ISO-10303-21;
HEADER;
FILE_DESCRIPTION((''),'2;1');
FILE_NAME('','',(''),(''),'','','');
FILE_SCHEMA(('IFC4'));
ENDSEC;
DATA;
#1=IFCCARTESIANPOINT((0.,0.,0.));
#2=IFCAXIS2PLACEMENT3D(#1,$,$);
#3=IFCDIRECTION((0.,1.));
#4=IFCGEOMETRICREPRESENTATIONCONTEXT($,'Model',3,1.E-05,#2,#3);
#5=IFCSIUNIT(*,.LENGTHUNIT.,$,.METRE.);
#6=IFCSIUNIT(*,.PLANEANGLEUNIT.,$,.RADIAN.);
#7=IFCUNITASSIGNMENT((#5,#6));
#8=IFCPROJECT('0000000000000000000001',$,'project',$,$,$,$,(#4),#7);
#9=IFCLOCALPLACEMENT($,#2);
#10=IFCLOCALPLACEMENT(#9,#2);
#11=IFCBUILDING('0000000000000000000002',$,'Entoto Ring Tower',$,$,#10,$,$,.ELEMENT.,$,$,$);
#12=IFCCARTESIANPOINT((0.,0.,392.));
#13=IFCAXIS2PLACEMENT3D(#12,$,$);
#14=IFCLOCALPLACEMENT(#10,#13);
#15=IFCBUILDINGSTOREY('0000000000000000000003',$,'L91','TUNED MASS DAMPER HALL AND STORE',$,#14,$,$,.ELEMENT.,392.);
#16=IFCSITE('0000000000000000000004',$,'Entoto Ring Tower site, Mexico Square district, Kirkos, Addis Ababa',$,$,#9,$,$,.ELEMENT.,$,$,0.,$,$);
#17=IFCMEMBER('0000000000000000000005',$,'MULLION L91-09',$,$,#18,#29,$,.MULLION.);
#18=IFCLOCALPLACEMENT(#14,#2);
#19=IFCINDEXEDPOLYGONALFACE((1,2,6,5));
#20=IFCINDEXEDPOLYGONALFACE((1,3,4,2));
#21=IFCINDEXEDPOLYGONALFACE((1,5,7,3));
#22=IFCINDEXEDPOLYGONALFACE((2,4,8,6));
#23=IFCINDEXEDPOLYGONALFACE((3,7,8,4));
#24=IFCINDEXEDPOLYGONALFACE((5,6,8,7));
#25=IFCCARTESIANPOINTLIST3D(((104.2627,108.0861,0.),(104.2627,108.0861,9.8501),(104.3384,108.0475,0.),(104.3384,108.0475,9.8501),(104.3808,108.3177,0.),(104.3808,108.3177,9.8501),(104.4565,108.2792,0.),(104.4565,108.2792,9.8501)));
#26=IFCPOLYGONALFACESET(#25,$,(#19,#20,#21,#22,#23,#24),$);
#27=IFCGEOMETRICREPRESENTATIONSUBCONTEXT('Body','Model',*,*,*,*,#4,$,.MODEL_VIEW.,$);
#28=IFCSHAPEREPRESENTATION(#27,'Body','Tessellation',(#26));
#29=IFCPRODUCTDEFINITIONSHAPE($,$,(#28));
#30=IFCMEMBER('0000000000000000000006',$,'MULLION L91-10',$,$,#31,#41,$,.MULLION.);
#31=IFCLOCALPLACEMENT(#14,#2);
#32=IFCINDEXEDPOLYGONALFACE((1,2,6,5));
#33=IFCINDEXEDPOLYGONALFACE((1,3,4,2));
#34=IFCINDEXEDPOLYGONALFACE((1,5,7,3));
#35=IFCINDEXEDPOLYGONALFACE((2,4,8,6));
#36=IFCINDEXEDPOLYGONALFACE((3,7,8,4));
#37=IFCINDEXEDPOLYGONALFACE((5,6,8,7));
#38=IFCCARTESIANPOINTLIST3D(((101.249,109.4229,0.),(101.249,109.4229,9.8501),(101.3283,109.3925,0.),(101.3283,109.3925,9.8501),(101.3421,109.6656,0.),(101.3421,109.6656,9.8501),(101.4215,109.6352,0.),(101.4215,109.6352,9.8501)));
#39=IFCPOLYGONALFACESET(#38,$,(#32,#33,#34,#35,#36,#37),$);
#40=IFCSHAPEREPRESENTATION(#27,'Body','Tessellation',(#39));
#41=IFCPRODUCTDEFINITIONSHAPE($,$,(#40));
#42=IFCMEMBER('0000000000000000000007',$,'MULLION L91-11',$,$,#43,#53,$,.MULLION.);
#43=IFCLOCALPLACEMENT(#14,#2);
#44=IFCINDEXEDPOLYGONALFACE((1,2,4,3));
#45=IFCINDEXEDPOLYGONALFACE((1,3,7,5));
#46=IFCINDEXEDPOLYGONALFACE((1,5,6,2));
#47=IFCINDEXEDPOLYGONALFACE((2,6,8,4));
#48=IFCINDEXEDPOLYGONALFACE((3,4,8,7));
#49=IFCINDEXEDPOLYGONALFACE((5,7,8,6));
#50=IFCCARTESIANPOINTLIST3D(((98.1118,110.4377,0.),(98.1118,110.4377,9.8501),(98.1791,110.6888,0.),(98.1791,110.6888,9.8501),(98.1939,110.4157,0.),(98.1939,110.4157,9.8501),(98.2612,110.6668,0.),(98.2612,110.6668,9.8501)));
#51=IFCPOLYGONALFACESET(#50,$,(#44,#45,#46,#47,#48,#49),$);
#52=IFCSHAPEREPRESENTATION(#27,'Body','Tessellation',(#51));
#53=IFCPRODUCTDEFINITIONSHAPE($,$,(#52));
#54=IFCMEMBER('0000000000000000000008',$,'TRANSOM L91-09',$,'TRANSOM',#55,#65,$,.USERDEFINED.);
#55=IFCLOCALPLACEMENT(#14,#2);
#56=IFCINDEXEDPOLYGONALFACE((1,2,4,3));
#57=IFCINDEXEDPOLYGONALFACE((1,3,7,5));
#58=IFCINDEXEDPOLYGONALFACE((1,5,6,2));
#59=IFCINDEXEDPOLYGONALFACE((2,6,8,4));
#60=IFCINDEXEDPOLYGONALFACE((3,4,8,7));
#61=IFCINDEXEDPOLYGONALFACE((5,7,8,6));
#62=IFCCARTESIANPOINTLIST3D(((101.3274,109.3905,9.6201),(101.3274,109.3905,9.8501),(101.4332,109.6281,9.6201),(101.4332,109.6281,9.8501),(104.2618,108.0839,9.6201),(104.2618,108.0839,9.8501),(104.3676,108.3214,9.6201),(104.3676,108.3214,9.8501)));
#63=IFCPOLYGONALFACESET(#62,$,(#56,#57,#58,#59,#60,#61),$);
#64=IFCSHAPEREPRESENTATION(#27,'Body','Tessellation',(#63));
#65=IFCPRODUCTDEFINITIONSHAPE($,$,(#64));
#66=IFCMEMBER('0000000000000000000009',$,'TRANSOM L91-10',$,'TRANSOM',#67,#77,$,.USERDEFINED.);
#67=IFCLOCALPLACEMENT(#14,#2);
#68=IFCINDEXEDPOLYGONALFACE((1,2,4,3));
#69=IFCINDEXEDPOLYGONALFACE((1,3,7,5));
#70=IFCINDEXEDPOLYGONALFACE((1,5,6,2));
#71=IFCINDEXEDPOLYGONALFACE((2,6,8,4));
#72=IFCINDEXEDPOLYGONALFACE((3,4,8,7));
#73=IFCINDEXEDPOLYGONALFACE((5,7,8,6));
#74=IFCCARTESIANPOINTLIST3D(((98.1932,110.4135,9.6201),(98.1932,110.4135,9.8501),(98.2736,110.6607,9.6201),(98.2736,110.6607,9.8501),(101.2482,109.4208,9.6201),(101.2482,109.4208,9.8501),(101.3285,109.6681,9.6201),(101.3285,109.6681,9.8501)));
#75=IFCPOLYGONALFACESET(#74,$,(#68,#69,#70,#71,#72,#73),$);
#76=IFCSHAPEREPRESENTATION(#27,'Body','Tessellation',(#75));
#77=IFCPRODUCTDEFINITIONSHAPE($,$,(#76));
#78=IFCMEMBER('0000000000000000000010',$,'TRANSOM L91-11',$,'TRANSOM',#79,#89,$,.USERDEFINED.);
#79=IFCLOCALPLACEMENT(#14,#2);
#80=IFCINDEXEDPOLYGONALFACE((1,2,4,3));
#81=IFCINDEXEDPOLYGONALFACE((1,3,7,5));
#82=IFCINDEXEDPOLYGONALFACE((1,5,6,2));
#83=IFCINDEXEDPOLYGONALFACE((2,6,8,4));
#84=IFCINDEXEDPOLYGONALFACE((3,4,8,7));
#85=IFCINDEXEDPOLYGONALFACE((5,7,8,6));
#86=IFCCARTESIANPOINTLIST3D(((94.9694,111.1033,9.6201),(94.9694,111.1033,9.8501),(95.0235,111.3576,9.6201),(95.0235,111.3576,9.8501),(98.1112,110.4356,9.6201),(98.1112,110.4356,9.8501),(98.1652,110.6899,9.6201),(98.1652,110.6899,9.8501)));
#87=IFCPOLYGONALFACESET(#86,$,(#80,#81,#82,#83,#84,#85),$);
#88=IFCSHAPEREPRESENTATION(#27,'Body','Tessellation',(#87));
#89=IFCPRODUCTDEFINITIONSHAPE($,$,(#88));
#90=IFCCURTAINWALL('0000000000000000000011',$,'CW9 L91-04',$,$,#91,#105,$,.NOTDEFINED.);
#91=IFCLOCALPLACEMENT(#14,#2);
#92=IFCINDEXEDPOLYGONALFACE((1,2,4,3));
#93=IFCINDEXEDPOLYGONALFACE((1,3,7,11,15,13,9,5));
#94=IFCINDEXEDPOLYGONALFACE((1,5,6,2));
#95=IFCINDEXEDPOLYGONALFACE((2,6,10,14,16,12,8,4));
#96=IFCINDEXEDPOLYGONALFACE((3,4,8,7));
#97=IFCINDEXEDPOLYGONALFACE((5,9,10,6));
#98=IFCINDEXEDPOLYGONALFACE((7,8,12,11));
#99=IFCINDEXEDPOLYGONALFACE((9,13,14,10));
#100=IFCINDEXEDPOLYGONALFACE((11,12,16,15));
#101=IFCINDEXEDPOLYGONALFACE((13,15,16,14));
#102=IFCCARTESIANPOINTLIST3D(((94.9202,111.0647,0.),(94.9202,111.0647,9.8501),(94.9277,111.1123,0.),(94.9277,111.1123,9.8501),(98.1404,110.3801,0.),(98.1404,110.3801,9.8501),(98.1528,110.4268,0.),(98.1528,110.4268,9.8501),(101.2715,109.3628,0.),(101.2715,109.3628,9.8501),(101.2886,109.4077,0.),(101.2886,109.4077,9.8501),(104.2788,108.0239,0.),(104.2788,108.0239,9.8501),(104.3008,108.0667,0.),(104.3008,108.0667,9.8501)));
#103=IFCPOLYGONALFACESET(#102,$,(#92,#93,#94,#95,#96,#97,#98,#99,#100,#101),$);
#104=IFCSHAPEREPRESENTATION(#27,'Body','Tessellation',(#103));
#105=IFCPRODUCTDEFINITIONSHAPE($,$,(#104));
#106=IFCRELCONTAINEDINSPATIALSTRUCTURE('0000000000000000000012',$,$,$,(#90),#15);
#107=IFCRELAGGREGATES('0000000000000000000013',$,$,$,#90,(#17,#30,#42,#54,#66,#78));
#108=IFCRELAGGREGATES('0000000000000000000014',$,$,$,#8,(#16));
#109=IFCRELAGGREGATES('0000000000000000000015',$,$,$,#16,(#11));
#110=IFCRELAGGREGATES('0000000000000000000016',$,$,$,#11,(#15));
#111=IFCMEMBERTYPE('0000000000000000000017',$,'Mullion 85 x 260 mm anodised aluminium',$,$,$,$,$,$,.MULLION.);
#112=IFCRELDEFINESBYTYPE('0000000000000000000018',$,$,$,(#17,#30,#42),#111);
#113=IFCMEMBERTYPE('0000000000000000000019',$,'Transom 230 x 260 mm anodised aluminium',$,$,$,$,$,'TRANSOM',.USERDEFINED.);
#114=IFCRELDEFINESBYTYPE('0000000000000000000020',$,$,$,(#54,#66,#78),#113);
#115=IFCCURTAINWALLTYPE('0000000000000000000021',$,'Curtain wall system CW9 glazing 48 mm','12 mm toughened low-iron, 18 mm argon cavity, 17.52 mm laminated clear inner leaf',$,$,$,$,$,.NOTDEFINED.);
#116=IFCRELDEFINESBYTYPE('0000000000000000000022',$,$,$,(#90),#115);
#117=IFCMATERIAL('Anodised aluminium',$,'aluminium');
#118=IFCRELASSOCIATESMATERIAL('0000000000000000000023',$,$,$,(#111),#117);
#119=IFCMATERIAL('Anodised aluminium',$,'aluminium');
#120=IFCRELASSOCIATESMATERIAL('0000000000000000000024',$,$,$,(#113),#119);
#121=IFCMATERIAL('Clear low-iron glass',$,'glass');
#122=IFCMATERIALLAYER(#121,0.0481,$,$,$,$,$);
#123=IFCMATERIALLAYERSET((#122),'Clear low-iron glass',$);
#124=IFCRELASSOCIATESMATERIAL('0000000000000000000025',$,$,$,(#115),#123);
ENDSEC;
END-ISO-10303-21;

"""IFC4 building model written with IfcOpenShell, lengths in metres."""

from ifc_helpers import new_model, si_unit, direction, frame, origin, origin_2d, place, context, subcontext, project, spatial, polyline, rectangle, outline, extrude, material, layer, layer_set, material_profile, profile_set, type_object, element, aggregate, save


model = new_model("IFC4")

# Units and contexts
model_context = context("Model", 3, precision=1e-05, world=origin(), true_north=direction((0.0, 1.0)))
body_context = subcontext(model_context, "Body", "Model", "MODEL_VIEW")
ifc_project = project(units=[si_unit("LENGTHUNIT", "METRE"), si_unit("PLANEANGLEUNIT", "RADIAN")], contexts=[model_context])

# Members
ifc_material_1 = material(Name="Anodised aluminium", Category="aluminium")
ifc_material_profile_1 = material_profile(ifc_material_1, rectangle(XDim=0.085, YDim=0.26, at=origin_2d()), Name="Mullion 85 x 260 mm anodised aluminium")
ifc_profile_set_1 = profile_set([ifc_material_profile_1], Name="Anodised aluminium")
member_type_1 = type_object("IfcMemberType", Name="Mullion 85 x 260 mm anodised aluminium", PredefinedType="MULLION", material=ifc_profile_set_1)
site_placement = place(None, origin())
building_placement = place(site_placement, origin())
storey_placement = place(building_placement, frame((0.0, 0.0, 392.0)))
member_1_placement = place(storey_placement, frame((104.3596, 108.1826, 0.0), z_axis=(0.0, 0.0, 1.0), x_axis=(-0.891007, 0.45399, 0.0)))
member_1 = element("IfcMember", 1, at=member_1_placement, type_object=member_type_1, Name="MULLION L91-09", PredefinedType="MULLION", context=body_context, shape_type="SweptSolid", body=[
    extrude(rectangle(XDim=0.085, YDim=0.26, at=origin_2d()), origin(), (0.0, 0.0, 1.0), 9.8501),
])
member_2_placement = place(storey_placement, frame((101.3352, 109.5291, 0.0), z_axis=(0.0, 0.0, 1.0), x_axis=(-0.93358, 0.358368, 0.0)))
member_2 = element("IfcMember", 2, at=member_2_placement, type_object=member_type_1, Name="MULLION L91-10", PredefinedType="MULLION", context=body_context, shape_type="SweptSolid", body=[
    extrude(rectangle(XDim=0.085, YDim=0.26, at=origin_2d()), origin(), (0.0, 0.0, 1.0), 9.8501),
])
member_3_placement = place(storey_placement, frame((98.1865, 110.5522, 0.0), z_axis=(0.0, 0.0, 1.0), x_axis=(-0.965926, 0.258819, 0.0)))
member_3 = element("IfcMember", 3, at=member_3_placement, type_object=member_type_1, Name="MULLION L91-11", PredefinedType="MULLION", context=body_context, shape_type="SweptSolid", body=[
    extrude(rectangle(XDim=0.085, YDim=0.26, at=origin_2d()), origin(), (0.0, 0.0, 1.0), 9.8501),
])
ifc_material_2 = material(Name="Anodised aluminium", Category="aluminium")
ifc_material_profile_2 = material_profile(ifc_material_2, rectangle(XDim=0.26, YDim=0.23, at=origin_2d()), Name="Transom 230 x 260 mm anodised aluminium")
ifc_profile_set_2 = profile_set([ifc_material_profile_2], Name="Anodised aluminium")
member_type_2 = type_object("IfcMemberType", Name="Transom 230 x 260 mm anodised aluminium", ElementType="TRANSOM", PredefinedType="USERDEFINED", material=ifc_profile_set_2)
member_4_placement = place(storey_placement, frame((104.3147, 108.2026, 9.7351), z_axis=(-0.913523, 0.406787, 0.0), x_axis=(-0.406787, -0.913523, 0.0)))
member_4 = element("IfcMember", 4, at=member_4_placement, type_object=member_type_2, Name="TRANSOM L91-09", ObjectType="TRANSOM", PredefinedType="USERDEFINED", context=body_context, shape_type="SweptSolid", body=[
    extrude(rectangle(XDim=0.26, YDim=0.23, at=origin_2d()), origin(), (0.0, 0.0, 1.0), 3.2122),
])
member_5_placement = place(storey_placement, frame((101.2883, 109.5444, 9.7351), z_axis=(-0.95105, 0.309036, 0.0), x_axis=(-0.309036, -0.95105, 0.0)))
member_5 = element("IfcMember", 5, at=member_5_placement, type_object=member_type_2, Name="TRANSOM L91-10", ObjectType="TRANSOM", PredefinedType="USERDEFINED", context=body_context, shape_type="SweptSolid", body=[
    extrude(rectangle(XDim=0.26, YDim=0.23, at=origin_2d()), origin(), (0.0, 0.0, 1.0), 3.2122),
])
member_6_placement = place(storey_placement, frame((98.1382, 110.5627, 9.7351), z_axis=(-0.978154, 0.207883, 0.0), x_axis=(-0.207883, -0.978154, 0.0)))
member_6 = element("IfcMember", 6, at=member_6_placement, type_object=member_type_2, Name="TRANSOM L91-11", ObjectType="TRANSOM", PredefinedType="USERDEFINED", context=body_context, shape_type="SweptSolid", body=[
    extrude(rectangle(XDim=0.26, YDim=0.23, at=origin_2d()), origin(), (0.0, 0.0, 1.0), 3.2119),
])

# Site, building, storey
site = spatial("IfcSite", under=ifc_project, at=site_placement, Name="Entoto Ring Tower site, Mexico Square district, Kirkos, Addis Ababa", CompositionType="ELEMENT", RefElevation=0.0)
building = spatial("IfcBuilding", under=site, at=building_placement, Name="Entoto Ring Tower", CompositionType="ELEMENT")
storey = spatial("IfcBuildingStorey", under=building, at=storey_placement, Name="L91", Description="TUNED MASS DAMPER HALL AND STORE", CompositionType="ELEMENT", Elevation=392.0)

# Curtain wall
ifc_material_3 = material(Name="Clear low-iron glass", Category="glass")
ifc_layer_1 = layer(ifc_material_3, 0.0481)
ifc_layer_set_1 = layer_set([ifc_layer_1], Name="Clear low-iron glass")
curtain_wall_type = type_object("IfcCurtainWallType", Name="Curtain wall system CW9 glazing 48 mm", Description="12 mm toughened low-iron, 18 mm argon cavity, 17.52 mm laminated clear inner leaf", PredefinedType="NOTDEFINED", material=ifc_layer_set_1)
curtain_wall_1_placement = place(storey_placement, origin())
curtain_wall_1 = element("IfcCurtainWall", 7, at=curtain_wall_1_placement, inside=storey, type_object=curtain_wall_type, Name="CW9 L91-04", PredefinedType="NOTDEFINED", context=body_context, shape_type="SweptSolid", body=[
    extrude(outline(polyline([(104.3008, 108.0667), (101.2886, 109.4077), (98.1528, 110.4268), (94.9277, 111.1123), (94.9202, 111.0647), (98.1404, 110.3801), (101.2715, 109.3628), (104.2788, 108.0239), (104.3008, 108.0667)])), origin(), (0.0, 0.0, 1.0), 9.8501),
])
aggregate(curtain_wall_1, [member_1, member_2, member_3, member_4, member_5, member_6])

save(model, "model.ifc")
